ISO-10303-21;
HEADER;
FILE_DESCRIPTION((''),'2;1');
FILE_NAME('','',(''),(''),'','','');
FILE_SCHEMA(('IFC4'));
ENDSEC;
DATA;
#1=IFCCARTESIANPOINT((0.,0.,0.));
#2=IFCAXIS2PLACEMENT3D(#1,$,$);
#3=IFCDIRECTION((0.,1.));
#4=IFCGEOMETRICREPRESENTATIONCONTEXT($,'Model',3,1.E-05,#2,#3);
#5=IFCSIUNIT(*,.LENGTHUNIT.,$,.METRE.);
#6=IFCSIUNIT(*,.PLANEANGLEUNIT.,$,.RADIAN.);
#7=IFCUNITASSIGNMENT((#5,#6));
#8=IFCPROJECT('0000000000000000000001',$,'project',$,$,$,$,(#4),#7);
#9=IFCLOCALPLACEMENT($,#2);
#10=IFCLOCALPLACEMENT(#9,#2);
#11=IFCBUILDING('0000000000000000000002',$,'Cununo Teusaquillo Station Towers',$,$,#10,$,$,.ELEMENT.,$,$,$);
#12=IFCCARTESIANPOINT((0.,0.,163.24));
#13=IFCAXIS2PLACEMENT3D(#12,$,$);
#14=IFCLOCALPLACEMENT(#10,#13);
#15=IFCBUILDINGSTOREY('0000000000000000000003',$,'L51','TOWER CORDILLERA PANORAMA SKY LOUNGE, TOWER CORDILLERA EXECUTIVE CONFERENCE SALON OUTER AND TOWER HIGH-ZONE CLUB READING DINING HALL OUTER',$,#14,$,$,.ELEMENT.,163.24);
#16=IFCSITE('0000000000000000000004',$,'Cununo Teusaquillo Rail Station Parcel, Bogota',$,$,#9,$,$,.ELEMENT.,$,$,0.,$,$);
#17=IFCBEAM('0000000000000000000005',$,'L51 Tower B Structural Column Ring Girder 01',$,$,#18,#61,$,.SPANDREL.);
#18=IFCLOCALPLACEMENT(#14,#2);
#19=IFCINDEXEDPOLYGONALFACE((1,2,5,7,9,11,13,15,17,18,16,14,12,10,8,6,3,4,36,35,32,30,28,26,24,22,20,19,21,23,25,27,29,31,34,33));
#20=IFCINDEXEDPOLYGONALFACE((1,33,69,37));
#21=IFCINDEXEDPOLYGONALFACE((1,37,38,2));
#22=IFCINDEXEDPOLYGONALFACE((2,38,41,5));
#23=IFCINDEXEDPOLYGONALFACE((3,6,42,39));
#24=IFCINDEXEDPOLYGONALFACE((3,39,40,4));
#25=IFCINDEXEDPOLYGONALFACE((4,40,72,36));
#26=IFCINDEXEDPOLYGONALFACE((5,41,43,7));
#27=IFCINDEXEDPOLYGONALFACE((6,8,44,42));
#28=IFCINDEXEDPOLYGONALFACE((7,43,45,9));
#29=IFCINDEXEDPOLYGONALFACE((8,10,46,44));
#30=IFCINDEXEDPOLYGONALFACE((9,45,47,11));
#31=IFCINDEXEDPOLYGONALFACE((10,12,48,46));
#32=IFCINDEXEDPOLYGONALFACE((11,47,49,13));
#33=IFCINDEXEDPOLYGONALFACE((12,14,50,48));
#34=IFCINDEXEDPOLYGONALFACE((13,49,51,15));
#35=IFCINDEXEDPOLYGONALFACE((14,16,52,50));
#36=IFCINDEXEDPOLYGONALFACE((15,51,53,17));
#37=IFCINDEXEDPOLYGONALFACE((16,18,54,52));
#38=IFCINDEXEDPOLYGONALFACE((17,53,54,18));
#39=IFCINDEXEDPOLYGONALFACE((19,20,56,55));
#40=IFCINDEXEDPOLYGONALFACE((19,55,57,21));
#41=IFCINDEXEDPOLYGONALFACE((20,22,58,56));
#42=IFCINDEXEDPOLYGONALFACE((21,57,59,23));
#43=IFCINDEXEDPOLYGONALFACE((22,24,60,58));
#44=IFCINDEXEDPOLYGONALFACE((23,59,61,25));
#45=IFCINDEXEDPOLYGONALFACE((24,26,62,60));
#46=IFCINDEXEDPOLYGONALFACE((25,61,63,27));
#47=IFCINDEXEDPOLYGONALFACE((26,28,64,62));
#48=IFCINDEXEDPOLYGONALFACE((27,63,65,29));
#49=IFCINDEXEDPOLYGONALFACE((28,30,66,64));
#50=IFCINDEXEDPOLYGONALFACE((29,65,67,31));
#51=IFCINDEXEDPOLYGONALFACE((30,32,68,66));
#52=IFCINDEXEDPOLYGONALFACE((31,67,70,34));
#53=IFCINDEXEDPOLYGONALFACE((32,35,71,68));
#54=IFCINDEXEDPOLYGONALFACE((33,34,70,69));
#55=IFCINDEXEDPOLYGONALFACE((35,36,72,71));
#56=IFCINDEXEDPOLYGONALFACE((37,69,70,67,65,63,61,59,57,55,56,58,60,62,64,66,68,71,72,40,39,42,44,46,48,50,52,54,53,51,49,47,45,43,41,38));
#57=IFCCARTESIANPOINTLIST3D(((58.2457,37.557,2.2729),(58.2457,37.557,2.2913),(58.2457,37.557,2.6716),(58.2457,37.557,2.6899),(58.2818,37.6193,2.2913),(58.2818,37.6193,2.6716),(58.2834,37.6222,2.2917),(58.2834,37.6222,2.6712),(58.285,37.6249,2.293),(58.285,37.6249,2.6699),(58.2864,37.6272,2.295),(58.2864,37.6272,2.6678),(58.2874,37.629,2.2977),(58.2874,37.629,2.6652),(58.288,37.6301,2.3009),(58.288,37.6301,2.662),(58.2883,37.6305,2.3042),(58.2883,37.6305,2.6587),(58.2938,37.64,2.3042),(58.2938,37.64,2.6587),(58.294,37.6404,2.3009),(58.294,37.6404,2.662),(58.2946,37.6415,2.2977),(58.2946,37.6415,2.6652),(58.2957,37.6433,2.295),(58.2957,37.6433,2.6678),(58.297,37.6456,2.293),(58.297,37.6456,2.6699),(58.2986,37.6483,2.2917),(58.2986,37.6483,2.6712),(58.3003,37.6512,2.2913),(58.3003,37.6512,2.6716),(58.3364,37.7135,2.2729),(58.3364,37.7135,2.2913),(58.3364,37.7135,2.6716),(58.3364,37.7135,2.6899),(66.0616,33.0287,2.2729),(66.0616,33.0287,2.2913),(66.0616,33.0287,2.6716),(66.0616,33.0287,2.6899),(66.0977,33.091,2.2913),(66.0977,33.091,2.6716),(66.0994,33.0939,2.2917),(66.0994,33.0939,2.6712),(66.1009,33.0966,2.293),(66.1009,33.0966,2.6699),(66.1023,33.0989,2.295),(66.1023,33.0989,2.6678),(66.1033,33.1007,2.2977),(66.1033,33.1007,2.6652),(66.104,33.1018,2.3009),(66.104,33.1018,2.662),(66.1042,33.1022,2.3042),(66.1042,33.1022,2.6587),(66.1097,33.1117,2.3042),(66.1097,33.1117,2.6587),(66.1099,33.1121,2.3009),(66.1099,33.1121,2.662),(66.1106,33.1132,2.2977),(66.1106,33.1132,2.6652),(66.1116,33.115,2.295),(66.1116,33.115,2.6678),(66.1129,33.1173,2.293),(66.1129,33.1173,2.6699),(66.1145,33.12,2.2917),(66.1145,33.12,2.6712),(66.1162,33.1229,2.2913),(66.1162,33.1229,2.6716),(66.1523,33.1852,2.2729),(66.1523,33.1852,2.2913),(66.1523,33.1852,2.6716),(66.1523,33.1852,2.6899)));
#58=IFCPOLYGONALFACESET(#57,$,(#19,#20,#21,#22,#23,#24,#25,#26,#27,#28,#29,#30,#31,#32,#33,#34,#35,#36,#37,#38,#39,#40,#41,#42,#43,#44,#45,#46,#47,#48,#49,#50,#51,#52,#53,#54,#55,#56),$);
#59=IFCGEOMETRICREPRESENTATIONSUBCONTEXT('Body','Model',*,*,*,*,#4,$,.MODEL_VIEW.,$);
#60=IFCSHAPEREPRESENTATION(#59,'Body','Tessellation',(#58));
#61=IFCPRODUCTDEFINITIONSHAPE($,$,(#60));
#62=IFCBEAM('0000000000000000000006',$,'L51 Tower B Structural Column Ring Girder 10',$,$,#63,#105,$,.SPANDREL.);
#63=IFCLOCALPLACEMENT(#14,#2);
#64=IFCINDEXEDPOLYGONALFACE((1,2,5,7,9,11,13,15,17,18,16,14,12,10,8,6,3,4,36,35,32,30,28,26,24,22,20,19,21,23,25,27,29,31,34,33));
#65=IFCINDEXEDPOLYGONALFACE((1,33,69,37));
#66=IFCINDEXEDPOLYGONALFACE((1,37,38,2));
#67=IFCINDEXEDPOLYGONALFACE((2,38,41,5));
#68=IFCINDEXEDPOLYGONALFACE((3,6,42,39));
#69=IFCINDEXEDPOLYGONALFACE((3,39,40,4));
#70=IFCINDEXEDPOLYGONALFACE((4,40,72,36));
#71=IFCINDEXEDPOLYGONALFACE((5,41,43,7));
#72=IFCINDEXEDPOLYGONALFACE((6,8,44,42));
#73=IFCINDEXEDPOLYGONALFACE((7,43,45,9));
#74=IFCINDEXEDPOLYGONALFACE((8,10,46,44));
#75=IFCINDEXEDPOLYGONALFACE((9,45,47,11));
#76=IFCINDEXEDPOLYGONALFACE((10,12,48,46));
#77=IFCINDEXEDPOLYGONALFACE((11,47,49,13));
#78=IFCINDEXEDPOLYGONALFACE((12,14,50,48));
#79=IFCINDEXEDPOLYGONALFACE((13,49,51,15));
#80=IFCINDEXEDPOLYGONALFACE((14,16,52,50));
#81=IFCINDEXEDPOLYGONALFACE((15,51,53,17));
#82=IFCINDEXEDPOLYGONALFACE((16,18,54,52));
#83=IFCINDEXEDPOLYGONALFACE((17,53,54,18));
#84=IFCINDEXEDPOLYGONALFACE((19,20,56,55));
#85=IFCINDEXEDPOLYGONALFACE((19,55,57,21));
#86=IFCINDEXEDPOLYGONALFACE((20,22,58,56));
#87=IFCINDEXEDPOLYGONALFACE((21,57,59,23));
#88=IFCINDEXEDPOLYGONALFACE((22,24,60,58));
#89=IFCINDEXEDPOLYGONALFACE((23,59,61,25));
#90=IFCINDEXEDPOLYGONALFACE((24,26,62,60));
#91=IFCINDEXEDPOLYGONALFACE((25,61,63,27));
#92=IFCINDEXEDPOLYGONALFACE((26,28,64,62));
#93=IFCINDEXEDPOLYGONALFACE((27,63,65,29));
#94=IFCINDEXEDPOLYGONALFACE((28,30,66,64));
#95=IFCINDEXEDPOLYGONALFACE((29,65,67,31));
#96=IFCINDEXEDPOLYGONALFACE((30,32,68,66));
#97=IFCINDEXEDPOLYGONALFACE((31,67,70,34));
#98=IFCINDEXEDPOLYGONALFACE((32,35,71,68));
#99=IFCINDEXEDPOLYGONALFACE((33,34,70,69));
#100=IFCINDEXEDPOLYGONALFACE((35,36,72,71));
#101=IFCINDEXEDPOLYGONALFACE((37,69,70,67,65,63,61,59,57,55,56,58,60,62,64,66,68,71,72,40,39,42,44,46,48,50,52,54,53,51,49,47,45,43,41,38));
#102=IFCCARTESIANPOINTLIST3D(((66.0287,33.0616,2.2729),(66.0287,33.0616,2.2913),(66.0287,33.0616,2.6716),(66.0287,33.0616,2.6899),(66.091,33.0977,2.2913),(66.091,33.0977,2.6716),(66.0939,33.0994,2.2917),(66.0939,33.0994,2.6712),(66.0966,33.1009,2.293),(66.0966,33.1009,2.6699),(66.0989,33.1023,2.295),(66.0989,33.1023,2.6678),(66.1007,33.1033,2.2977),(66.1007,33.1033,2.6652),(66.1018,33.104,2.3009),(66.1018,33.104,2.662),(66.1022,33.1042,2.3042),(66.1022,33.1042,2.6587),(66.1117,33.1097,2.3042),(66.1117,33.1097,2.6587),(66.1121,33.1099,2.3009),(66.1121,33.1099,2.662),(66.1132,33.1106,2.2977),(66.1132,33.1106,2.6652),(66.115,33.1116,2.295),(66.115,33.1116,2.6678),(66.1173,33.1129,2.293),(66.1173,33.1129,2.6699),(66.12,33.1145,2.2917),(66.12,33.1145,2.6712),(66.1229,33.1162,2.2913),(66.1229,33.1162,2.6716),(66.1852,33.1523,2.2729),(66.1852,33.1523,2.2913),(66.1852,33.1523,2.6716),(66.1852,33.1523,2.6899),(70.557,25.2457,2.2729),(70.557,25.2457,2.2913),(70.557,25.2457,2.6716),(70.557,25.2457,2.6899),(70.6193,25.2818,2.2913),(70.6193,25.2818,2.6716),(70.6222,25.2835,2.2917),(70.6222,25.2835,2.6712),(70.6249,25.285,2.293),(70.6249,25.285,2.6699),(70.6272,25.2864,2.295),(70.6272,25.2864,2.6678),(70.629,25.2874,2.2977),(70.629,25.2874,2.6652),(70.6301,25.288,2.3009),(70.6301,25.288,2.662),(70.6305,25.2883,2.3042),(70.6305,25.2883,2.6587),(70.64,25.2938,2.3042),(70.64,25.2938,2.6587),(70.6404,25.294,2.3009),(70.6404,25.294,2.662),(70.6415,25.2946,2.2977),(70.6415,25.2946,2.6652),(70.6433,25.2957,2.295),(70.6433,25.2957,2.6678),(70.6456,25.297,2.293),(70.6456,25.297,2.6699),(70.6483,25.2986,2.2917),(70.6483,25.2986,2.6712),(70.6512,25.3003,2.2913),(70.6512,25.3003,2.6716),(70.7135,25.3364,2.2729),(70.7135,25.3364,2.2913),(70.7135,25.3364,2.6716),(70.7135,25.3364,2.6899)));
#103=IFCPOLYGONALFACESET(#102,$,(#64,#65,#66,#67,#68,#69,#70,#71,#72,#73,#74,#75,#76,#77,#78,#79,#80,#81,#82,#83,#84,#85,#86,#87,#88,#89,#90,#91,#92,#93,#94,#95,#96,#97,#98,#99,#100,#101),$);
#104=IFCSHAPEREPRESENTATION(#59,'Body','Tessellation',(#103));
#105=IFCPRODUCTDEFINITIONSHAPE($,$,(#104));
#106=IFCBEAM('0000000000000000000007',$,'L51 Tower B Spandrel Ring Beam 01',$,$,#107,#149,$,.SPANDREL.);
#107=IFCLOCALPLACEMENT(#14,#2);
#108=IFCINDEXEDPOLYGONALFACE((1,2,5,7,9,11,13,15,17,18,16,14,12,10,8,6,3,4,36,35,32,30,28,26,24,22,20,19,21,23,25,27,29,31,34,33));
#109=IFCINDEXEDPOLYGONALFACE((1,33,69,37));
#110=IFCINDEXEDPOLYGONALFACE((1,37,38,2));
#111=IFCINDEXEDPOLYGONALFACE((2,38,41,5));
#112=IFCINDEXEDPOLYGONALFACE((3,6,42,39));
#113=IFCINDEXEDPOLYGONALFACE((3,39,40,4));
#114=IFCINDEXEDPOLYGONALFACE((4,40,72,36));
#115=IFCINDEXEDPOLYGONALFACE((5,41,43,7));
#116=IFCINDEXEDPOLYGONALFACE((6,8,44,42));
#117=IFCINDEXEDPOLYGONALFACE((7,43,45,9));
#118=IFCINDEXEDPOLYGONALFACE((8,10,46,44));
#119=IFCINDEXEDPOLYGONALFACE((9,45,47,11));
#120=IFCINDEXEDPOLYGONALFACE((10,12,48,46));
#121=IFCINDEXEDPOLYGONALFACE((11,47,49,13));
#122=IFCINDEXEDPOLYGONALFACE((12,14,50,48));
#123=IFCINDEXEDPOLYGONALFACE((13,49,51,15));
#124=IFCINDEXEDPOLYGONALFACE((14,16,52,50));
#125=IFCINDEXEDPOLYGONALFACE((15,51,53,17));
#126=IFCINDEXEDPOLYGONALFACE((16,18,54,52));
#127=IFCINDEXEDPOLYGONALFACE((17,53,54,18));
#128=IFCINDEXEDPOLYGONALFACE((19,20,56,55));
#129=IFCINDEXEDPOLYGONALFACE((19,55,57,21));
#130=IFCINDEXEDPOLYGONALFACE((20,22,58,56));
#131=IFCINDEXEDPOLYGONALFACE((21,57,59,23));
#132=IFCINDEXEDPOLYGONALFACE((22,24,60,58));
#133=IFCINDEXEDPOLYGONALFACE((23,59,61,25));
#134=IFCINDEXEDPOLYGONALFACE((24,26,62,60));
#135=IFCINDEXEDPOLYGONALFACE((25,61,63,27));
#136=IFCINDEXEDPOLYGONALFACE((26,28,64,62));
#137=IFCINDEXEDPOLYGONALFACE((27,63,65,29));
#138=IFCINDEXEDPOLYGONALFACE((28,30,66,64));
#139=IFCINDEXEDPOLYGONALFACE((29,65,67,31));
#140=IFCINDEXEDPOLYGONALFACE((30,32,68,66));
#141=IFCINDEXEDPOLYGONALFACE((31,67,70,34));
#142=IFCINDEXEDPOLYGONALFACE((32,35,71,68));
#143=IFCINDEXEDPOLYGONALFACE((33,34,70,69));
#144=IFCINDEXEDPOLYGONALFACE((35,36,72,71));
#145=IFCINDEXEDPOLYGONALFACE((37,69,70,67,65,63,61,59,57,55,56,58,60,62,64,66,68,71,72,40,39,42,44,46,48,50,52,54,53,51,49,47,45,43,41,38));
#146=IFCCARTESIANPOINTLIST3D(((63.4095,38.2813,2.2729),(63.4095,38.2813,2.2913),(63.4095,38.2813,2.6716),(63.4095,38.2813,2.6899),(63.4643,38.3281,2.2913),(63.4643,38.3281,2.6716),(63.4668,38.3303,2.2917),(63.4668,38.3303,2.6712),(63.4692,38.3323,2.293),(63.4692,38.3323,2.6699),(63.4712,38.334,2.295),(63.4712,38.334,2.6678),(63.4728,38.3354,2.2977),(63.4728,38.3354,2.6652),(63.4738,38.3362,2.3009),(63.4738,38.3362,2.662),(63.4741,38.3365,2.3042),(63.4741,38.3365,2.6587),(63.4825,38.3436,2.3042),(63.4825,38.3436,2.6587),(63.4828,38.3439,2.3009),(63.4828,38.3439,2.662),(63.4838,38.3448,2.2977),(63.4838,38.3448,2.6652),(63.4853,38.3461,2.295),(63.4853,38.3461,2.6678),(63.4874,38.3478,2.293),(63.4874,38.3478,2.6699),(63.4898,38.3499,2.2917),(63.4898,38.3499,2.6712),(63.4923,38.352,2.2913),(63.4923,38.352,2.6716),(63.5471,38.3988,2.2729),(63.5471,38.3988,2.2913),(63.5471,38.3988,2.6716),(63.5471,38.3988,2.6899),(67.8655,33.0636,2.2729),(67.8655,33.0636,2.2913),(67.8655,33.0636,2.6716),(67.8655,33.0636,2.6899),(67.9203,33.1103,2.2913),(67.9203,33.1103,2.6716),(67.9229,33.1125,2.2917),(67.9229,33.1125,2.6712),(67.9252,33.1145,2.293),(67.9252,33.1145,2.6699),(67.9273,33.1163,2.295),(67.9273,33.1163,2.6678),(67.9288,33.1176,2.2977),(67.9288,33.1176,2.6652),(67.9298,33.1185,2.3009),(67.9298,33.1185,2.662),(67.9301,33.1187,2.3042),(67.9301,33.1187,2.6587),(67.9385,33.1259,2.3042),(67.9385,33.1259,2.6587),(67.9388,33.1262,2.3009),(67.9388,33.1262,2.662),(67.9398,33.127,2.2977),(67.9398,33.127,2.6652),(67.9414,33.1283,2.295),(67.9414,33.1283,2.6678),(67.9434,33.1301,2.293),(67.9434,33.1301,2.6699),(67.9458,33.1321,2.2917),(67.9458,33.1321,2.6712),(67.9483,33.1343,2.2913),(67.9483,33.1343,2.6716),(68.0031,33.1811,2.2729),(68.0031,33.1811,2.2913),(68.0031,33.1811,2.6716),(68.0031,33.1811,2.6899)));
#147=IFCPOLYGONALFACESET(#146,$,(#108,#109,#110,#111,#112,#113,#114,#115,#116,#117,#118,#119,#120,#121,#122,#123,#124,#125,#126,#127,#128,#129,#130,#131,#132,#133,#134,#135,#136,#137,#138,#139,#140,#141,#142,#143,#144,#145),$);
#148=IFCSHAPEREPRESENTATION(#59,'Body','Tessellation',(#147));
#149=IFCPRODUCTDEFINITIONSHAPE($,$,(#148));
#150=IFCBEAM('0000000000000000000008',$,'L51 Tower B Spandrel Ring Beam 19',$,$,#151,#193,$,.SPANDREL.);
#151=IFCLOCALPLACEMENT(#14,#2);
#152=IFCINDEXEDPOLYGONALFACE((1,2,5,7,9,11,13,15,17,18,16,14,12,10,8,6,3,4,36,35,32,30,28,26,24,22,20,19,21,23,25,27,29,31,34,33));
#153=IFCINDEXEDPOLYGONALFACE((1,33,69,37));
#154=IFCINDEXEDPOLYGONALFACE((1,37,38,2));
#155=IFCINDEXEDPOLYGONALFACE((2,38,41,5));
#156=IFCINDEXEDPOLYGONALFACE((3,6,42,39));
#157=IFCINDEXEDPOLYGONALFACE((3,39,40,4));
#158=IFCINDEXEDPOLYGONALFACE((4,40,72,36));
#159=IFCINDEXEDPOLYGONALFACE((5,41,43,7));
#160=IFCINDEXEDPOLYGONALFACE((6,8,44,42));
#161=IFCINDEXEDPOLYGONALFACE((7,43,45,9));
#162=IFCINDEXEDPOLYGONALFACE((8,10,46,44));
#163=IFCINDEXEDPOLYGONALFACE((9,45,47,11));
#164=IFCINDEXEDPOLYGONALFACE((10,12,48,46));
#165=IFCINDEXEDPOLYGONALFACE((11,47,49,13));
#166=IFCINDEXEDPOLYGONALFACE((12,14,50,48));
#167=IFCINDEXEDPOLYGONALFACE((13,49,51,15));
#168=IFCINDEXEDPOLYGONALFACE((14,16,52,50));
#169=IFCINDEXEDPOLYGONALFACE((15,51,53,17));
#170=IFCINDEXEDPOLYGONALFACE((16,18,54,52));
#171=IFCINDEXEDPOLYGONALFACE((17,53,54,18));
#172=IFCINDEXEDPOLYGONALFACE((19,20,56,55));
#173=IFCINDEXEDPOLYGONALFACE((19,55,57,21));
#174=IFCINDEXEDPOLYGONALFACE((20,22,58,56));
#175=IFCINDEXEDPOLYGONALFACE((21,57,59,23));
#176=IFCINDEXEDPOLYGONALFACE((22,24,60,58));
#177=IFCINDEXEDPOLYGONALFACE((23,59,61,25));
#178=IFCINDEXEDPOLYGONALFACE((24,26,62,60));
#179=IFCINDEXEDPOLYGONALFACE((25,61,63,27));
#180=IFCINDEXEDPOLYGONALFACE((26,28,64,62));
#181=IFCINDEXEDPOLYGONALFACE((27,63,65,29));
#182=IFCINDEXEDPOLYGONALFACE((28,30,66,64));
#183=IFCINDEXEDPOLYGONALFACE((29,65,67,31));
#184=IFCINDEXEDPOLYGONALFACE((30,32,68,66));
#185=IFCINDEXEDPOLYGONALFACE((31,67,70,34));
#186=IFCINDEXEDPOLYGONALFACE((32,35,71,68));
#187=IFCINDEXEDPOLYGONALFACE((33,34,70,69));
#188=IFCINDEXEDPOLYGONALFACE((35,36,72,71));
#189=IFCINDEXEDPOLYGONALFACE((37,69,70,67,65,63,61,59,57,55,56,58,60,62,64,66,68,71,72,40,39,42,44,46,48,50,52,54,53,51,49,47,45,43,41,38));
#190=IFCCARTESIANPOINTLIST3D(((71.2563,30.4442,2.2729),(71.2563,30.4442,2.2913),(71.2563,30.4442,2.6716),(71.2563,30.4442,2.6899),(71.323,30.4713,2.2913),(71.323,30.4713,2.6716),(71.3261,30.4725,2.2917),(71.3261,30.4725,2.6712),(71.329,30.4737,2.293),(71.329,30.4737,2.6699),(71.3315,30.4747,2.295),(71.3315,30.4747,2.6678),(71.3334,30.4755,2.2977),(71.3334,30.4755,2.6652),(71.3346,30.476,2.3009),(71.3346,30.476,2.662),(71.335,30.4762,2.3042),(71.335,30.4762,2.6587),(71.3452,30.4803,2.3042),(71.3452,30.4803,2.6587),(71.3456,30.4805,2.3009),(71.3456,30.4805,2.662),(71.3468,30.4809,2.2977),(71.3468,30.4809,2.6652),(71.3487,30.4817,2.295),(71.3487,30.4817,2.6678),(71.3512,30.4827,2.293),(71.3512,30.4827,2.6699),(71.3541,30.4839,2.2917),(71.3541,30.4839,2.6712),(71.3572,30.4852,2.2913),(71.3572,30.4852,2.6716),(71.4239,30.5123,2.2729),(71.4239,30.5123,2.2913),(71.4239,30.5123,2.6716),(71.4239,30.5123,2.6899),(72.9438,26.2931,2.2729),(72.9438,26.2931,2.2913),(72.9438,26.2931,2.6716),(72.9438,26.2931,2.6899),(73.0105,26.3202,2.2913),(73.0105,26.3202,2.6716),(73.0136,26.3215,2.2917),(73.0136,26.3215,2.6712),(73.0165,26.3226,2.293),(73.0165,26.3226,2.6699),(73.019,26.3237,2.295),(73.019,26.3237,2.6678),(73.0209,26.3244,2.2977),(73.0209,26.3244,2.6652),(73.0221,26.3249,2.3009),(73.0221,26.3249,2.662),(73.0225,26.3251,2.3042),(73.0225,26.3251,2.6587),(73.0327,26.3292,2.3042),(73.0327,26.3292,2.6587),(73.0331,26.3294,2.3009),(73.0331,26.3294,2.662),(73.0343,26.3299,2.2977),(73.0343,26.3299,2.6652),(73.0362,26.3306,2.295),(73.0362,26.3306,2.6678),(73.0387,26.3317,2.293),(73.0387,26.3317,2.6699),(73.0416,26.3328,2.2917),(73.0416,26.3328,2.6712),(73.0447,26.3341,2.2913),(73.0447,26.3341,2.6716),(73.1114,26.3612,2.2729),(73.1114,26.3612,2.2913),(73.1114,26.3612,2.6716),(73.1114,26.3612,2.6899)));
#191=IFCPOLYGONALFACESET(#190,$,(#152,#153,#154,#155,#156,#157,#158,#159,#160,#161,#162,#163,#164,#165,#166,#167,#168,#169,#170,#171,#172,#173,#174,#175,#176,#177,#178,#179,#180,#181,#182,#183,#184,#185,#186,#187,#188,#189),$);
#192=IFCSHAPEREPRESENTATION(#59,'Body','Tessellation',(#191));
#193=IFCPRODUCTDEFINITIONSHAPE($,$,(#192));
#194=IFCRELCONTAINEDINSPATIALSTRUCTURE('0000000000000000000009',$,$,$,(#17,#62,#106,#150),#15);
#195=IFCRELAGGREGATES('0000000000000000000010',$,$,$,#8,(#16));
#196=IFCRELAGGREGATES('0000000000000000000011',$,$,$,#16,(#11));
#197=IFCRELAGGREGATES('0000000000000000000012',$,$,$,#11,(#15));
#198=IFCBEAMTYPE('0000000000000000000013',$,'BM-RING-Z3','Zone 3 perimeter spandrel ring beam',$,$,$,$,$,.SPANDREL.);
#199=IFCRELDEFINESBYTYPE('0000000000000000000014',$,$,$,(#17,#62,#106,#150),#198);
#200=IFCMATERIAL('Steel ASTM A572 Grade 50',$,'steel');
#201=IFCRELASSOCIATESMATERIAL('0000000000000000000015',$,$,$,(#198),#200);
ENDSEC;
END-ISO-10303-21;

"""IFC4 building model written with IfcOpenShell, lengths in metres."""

from ifc_helpers import new_model, si_unit, direction, frame, origin, origin_2d, place, context, subcontext, project, spatial, i_section, extrude, material, material_profile, profile_set, type_object, element, save


model = new_model("IFC4")

# Units and contexts
model_context = context("Model", 3, precision=1e-05, world=origin(), true_north=direction((0.0, 1.0)))
body_context = subcontext(model_context, "Body", "Model", "MODEL_VIEW")
ifc_project = project(units=[si_unit("LENGTHUNIT", "METRE"), si_unit("PLANEANGLEUNIT", "RADIAN")], contexts=[model_context])

# Site, building, storey
site_placement = place(None, origin())
site = spatial("IfcSite", under=ifc_project, at=site_placement, Name="Cununo Teusaquillo Rail Station Parcel, Bogota", CompositionType="ELEMENT", RefElevation=0.0)
building_placement = place(site_placement, origin())
building = spatial("IfcBuilding", under=site, at=building_placement, Name="Cununo Teusaquillo Station Towers", CompositionType="ELEMENT")
storey_placement = place(building_placement, frame((0.0, 0.0, 163.24)))
storey = spatial("IfcBuildingStorey", under=building, at=storey_placement, Name="L51", Description="TOWER CORDILLERA PANORAMA SKY LOUNGE, TOWER CORDILLERA EXECUTIVE CONFERENCE SALON OUTER AND TOWER HIGH-ZONE CLUB READING DINING HALL OUTER", CompositionType="ELEMENT", Elevation=163.24)

# Beams
ifc_material_1 = material(Name="Steel ASTM A572 Grade 50", Category="steel")
ifc_material_profile_1 = material_profile(ifc_material_1, i_section(OverallWidth=0.1809, OverallDepth=0.417, WebThickness=0.011, FlangeThickness=0.0183, FilletRadius=0.0129, at=origin_2d()), Name="W16X57")
ifc_profile_set_1 = profile_set([ifc_material_profile_1], Name="Steel ASTM A572 Grade 50")
beam_type_1 = type_object("IfcBeamType", Name="BM-RING-Z3", Description="Zone 3 perimeter spandrel ring beam", PredefinedType="SPANDREL", material=ifc_profile_set_1)
for number, where, z_axis, x_axis, name in (
    (1, (66.1069, 33.1069, 2.4814), (-0.865267, 0.501311, 0.0), (-0.501311, -0.865267, 0.0), "L51 Tower B Structural Column Ring Girder 01"),
    (2, (70.6353, 25.291, 2.4814), (-0.501311, 0.865267, 0.0), (-0.865267, -0.501311, 0.0), "L51 Tower B Structural Column Ring Girder 10"),
):
    element("IfcBeam", number, at=place(storey_placement, frame(where, z_axis=z_axis, x_axis=x_axis)), inside=storey, type_object=beam_type_1, Name=name, PredefinedType="SPANDREL", context=body_context, shape_type="SweptSolid", body=[
        extrude(i_section(OverallWidth=0.1809, OverallDepth=0.417, WebThickness=0.011, FlangeThickness=0.0183, FilletRadius=0.0129, at=origin_2d()), origin(), (0.0, 0.0, 1.0), 9.033),
    ])
beam_1_placement = place(storey_placement, frame((67.9343, 33.1223, 2.4814), z_axis=(-0.649419, 0.760431, 0.0), x_axis=(-0.760431, -0.649419, 0.0)))
element("IfcBeam", 3, at=beam_1_placement, inside=storey, type_object=beam_type_1, Name="L51 Tower B Spandrel Ring Beam 01", PredefinedType="SPANDREL", context=body_context, shape_type="SweptSolid", body=[
    extrude(i_section(OverallWidth=0.1809, OverallDepth=0.417, WebThickness=0.011, FlangeThickness=0.0183, FilletRadius=0.0129, at=origin_2d()), origin(), (0.0, 0.0, 1.0), 6.8616),
])
beam_2_placement = place(storey_placement, frame((73.0276, 26.3271, 2.4814), z_axis=(-0.376589, 0.92638, 0.0), x_axis=(-0.92638, -0.376589, 0.0)))
element("IfcBeam", 4, at=beam_2_placement, inside=storey, type_object=beam_type_1, Name="L51 Tower B Spandrel Ring Beam 19", PredefinedType="SPANDREL", context=body_context, shape_type="SweptSolid", body=[
    extrude(i_section(OverallWidth=0.1809, OverallDepth=0.417, WebThickness=0.011, FlangeThickness=0.0183, FilletRadius=0.0129, at=origin_2d()), origin(), (0.0, 0.0, 1.0), 4.481),
])

save(model, "model.ifc")
